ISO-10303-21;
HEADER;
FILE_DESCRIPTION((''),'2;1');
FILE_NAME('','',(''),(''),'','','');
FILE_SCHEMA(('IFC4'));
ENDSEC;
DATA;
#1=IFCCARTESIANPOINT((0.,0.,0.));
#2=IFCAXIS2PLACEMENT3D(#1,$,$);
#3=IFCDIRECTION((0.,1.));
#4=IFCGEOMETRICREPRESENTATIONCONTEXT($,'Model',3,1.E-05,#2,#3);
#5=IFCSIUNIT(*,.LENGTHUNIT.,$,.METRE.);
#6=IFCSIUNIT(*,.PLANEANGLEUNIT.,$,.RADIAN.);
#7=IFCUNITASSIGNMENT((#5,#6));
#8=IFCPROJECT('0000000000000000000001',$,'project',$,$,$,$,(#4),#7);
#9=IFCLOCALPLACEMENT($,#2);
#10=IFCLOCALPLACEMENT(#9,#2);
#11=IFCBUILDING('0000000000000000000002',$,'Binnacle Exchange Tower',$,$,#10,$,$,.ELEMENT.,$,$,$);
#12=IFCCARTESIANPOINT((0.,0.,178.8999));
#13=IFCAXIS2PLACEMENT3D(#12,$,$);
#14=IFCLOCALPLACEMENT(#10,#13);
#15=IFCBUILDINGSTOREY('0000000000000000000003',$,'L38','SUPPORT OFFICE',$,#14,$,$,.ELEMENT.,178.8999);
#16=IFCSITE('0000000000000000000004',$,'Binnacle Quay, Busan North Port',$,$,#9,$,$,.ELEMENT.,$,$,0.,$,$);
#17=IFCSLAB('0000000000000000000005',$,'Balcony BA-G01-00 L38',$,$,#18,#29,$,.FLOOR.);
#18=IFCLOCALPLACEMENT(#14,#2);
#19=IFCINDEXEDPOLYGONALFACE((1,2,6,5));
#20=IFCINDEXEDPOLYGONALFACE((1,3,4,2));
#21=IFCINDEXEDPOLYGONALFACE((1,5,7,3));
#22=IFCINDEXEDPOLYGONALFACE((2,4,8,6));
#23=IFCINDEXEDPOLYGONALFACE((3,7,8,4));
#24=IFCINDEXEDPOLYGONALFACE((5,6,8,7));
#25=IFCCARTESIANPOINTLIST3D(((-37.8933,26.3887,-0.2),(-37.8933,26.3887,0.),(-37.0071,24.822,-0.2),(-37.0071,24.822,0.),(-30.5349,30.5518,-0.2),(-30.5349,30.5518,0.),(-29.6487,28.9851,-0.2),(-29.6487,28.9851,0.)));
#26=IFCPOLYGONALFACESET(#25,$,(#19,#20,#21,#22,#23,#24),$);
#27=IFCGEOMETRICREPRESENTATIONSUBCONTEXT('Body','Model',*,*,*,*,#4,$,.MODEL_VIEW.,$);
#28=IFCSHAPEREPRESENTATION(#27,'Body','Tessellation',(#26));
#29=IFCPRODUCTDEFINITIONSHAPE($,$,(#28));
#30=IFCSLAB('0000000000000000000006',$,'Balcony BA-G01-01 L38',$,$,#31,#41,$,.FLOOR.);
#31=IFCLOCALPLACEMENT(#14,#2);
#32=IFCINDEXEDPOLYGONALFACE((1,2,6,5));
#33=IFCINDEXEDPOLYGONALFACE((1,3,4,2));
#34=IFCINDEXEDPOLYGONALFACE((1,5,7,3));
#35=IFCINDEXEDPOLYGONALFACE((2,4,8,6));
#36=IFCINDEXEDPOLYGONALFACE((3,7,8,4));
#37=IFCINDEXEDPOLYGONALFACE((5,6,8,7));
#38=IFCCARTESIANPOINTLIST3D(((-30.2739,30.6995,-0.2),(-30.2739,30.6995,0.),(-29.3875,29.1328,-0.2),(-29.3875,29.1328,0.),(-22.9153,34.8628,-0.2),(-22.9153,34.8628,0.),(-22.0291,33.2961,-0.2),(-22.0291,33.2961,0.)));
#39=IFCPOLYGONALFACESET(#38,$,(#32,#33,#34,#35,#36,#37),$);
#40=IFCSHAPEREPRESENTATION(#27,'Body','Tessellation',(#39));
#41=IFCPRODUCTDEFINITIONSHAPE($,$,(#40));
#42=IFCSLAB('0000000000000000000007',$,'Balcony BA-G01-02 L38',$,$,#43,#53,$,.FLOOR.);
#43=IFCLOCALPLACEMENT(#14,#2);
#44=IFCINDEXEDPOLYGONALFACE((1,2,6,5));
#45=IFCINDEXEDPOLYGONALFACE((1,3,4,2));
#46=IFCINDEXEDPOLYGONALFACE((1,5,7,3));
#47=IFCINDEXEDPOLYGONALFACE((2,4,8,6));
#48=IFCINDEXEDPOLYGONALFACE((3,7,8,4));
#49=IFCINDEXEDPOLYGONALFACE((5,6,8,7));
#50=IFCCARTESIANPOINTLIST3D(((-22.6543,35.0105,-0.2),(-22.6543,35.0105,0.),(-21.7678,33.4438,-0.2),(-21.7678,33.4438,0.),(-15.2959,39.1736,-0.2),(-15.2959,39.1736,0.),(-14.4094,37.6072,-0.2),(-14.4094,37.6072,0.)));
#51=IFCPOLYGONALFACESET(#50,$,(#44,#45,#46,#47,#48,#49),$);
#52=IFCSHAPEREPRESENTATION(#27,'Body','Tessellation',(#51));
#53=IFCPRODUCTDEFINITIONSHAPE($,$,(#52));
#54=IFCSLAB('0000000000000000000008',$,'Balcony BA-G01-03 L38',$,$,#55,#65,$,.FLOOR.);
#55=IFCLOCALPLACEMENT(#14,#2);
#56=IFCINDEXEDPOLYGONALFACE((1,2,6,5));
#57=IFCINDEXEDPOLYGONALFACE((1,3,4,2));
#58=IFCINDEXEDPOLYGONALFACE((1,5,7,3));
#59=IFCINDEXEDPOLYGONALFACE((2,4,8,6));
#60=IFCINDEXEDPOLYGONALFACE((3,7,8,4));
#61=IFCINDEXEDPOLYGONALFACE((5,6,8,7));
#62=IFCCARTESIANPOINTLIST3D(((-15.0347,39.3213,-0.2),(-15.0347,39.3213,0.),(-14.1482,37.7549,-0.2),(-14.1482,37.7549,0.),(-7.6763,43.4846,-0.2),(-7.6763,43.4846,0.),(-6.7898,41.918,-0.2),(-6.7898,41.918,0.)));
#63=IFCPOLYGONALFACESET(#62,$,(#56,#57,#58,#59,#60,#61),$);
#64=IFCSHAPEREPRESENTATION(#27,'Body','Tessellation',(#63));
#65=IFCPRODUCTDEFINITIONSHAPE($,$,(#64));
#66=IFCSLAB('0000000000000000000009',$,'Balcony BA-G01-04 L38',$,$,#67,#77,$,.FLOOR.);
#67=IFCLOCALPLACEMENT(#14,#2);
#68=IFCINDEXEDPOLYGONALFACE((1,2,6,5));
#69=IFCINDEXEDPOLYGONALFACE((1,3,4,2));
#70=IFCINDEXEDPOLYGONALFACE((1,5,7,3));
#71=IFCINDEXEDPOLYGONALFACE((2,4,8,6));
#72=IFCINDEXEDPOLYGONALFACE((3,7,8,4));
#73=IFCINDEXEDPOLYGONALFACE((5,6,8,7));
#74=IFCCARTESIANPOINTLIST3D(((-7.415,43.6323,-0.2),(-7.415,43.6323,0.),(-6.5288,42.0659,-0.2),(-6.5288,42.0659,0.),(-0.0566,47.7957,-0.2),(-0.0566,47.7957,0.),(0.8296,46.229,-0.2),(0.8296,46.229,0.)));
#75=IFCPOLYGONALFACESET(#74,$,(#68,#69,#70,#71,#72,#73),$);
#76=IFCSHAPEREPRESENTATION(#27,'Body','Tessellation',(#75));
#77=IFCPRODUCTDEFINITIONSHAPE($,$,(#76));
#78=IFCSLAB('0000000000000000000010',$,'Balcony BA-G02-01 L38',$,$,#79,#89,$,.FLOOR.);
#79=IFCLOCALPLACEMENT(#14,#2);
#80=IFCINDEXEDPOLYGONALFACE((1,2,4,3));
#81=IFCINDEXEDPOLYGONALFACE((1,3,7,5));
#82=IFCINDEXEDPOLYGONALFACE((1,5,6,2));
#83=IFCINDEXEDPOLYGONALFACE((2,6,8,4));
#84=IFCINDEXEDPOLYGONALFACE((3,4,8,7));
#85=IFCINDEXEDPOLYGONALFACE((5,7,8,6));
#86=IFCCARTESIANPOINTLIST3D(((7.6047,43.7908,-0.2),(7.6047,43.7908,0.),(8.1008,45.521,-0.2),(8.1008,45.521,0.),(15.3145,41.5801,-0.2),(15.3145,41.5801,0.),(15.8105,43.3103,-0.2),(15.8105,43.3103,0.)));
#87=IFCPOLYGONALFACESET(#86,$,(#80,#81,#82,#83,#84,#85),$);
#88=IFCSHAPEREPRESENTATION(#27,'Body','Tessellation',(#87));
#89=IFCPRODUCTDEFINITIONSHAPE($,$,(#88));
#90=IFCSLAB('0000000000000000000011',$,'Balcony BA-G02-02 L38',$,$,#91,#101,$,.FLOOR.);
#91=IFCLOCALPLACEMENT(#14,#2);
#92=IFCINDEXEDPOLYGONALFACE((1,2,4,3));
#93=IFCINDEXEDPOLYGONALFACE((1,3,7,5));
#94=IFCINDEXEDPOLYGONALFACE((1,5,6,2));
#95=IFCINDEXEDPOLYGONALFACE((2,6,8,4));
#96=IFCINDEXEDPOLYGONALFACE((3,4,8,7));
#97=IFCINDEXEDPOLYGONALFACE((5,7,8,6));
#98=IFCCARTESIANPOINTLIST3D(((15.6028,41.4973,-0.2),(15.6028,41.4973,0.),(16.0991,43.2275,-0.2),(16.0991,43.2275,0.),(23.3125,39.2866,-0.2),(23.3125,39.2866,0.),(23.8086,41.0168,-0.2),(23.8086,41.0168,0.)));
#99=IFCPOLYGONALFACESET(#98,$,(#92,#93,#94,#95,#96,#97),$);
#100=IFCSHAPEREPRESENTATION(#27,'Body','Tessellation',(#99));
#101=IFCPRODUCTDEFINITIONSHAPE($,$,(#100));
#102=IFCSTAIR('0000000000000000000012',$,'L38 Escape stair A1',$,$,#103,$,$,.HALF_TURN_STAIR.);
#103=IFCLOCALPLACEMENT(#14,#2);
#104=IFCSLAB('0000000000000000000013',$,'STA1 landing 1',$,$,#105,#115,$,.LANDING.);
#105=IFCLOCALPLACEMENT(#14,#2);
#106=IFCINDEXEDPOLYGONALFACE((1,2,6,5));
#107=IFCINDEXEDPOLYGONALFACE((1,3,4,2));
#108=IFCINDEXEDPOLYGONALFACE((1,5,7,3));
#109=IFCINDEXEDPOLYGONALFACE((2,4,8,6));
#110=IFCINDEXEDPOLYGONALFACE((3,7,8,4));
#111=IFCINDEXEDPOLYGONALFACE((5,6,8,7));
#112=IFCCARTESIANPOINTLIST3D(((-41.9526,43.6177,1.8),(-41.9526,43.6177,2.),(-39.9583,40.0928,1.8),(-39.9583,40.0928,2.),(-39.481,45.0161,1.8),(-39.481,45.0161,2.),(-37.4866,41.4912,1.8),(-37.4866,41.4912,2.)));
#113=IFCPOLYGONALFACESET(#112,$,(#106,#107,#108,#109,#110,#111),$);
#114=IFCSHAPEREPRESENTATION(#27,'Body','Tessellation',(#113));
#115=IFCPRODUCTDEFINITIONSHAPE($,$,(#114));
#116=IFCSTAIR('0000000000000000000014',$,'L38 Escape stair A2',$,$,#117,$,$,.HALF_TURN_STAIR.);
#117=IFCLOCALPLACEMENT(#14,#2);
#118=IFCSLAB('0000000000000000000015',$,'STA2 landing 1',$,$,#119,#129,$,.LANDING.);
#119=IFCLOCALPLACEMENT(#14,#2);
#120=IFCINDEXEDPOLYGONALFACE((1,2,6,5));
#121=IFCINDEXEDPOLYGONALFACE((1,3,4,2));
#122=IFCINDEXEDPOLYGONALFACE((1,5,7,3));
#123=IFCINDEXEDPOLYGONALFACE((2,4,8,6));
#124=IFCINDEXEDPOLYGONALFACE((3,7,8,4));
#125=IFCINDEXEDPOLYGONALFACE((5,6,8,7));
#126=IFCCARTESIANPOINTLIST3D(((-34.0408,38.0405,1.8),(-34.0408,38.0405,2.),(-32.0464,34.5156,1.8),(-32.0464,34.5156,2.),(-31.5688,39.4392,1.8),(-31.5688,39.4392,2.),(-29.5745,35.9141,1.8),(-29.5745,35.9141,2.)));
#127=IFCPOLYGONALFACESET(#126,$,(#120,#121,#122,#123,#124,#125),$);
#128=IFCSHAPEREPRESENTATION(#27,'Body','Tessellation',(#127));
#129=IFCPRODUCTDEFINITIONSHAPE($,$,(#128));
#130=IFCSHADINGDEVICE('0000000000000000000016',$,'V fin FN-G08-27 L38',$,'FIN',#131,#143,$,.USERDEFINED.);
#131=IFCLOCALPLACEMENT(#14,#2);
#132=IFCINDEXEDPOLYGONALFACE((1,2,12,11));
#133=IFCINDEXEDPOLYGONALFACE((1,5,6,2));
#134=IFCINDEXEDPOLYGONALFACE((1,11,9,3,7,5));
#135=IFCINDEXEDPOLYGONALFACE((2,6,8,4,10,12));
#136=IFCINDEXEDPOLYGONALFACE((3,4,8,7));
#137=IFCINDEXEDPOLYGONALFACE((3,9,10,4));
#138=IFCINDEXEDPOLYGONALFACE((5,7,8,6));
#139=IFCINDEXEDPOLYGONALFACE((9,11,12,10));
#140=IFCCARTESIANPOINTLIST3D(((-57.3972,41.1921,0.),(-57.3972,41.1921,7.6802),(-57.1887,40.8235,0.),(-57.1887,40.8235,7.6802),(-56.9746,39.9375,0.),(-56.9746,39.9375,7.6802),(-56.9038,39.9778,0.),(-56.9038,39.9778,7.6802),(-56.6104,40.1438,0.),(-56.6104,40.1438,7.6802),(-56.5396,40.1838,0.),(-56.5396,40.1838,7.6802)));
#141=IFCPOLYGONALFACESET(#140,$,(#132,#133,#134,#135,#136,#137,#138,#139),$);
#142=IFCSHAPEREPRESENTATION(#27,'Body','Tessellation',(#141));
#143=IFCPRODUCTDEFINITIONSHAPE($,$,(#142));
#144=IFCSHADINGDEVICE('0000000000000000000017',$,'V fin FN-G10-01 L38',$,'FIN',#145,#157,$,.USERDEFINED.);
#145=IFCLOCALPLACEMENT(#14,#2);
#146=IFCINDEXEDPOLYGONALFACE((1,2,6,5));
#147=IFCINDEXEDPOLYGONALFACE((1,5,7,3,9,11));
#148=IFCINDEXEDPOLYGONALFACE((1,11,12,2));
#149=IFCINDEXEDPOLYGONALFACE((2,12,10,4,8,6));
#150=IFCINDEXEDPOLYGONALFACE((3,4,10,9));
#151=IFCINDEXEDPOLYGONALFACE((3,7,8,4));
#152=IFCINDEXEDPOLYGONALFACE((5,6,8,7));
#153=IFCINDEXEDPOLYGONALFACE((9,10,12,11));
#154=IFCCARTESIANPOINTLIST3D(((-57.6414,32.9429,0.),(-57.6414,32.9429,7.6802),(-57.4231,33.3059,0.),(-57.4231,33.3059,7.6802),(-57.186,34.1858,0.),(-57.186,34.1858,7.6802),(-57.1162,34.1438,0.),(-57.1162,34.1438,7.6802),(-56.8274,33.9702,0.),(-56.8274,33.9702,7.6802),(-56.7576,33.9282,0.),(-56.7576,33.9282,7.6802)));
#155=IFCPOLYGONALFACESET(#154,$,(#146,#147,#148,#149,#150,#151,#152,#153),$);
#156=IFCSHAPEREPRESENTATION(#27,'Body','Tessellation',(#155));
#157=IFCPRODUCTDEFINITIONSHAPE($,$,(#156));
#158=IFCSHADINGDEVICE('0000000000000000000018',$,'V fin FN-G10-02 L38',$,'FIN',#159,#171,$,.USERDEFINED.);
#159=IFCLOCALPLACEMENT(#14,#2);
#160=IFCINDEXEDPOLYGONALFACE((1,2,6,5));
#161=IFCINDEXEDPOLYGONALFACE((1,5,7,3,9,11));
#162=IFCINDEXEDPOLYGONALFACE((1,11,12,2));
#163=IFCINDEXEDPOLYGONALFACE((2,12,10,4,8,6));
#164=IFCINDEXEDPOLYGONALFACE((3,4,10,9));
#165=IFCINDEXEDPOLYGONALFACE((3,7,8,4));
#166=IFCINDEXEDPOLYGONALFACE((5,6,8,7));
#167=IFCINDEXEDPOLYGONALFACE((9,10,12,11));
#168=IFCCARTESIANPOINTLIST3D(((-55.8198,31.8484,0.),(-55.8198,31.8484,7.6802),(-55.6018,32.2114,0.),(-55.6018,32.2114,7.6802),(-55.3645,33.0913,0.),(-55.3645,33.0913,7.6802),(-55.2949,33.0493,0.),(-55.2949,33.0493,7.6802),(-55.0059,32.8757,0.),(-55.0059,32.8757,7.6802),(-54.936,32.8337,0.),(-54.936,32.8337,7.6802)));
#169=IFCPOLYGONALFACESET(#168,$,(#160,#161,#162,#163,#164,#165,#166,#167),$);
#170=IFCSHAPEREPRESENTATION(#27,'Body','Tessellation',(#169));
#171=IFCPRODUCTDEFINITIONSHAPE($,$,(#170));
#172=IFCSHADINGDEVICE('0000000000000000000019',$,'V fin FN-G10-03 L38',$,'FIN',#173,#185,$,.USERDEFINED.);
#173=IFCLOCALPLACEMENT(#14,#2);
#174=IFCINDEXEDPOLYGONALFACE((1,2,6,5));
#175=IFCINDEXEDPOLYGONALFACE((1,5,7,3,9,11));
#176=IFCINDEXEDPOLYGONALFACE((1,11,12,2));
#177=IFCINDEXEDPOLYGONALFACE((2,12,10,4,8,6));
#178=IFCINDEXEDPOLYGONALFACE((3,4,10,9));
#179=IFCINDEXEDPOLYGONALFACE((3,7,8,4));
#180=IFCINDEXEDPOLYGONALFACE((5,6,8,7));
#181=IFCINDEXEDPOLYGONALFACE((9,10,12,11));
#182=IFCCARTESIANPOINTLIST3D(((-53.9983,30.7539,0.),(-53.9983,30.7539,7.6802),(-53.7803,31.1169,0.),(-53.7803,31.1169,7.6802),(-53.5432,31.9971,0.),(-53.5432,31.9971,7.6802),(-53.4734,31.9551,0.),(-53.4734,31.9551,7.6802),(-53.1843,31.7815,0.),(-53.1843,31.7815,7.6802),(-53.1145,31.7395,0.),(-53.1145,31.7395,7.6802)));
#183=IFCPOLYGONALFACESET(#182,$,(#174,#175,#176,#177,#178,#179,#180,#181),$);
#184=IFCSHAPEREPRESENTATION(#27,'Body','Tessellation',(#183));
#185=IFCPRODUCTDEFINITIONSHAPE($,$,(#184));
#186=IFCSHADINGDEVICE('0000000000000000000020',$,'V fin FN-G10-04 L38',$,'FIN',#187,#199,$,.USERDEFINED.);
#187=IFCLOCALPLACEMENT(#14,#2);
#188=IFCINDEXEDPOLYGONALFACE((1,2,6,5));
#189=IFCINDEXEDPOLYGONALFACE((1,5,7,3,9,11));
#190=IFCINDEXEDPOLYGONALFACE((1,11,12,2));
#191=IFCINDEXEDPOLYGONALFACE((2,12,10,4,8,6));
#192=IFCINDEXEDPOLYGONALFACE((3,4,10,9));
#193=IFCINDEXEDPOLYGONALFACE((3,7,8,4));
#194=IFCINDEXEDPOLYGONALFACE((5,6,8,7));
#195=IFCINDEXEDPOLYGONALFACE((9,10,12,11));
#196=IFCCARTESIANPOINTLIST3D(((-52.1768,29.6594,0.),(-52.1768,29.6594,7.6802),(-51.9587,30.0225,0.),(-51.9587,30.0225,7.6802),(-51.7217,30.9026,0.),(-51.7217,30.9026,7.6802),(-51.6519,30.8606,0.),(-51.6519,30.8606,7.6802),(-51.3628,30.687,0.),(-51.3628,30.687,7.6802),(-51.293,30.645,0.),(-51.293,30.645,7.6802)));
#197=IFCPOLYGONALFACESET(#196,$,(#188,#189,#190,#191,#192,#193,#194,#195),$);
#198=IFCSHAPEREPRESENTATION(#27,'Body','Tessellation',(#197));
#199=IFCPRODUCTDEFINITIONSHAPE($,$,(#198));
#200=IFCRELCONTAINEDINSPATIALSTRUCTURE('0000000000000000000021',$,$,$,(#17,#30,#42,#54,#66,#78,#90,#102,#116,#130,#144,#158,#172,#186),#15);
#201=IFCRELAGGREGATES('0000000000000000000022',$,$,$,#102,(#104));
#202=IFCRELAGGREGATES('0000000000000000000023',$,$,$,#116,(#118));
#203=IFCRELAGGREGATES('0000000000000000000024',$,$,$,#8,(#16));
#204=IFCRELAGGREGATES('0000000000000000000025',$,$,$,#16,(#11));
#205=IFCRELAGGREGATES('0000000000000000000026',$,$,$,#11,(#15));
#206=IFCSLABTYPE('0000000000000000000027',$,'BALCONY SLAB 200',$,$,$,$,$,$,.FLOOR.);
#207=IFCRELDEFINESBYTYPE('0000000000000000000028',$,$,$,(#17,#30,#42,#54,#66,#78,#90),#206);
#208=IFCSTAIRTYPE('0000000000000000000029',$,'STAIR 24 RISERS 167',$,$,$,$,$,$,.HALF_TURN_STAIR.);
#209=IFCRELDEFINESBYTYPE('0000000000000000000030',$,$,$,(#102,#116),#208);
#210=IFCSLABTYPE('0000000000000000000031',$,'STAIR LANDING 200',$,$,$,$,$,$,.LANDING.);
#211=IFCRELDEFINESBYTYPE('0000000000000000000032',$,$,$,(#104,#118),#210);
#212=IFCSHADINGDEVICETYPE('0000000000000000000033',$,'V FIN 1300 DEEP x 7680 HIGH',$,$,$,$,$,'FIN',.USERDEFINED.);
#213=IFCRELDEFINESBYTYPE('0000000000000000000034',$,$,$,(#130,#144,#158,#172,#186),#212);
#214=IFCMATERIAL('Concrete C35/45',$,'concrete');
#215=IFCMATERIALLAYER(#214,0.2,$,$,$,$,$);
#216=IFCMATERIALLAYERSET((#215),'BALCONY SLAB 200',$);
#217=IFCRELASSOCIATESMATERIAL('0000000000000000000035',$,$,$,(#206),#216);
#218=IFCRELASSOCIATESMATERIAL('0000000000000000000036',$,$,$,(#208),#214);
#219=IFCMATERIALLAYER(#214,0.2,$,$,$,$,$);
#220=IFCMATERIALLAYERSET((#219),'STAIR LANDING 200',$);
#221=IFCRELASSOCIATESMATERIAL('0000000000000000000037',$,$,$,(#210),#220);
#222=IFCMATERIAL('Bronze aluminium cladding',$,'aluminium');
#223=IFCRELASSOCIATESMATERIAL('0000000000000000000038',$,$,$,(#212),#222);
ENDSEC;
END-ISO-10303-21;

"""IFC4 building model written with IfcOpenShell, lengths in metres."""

from ifc_helpers import new_model, si_unit, direction, frame, origin, place, context, subcontext, project, spatial, polyline, outline, extrude, material, layer, layer_set, type_object, element, aggregate, save


model = new_model("IFC4")

# Units and contexts
model_context = context("Model", 3, precision=1e-05, world=origin(), true_north=direction((0.0, 1.0)))
body_context = subcontext(model_context, "Body", "Model", "MODEL_VIEW")
ifc_project = project(units=[si_unit("LENGTHUNIT", "METRE"), si_unit("PLANEANGLEUNIT", "RADIAN")], contexts=[model_context])

# Site, building, storey
site_placement = place(None, origin())
site = spatial("IfcSite", under=ifc_project, at=site_placement, Name="Binnacle Quay, Busan North Port", CompositionType="ELEMENT", RefElevation=0.0)
building_placement = place(site_placement, origin())
building = spatial("IfcBuilding", under=site, at=building_placement, Name="Binnacle Exchange Tower", CompositionType="ELEMENT")
storey_placement = place(building_placement, frame((0.0, 0.0, 178.8999)))
storey = spatial("IfcBuildingStorey", under=building, at=storey_placement, Name="L38", Description="SUPPORT OFFICE", CompositionType="ELEMENT", Elevation=178.8999)

# Slabs
ifc_material_1 = material(Name="Concrete C35/45", Category="concrete")
ifc_layer_1 = layer(ifc_material_1, 0.2)
ifc_layer_set_1 = layer_set([ifc_layer_1], Name="BALCONY SLAB 200")
slab_type_1 = type_object("IfcSlabType", Name="BALCONY SLAB 200", PredefinedType="FLOOR", material=ifc_layer_set_1)
slab_1_placement = place(storey_placement, frame((0.0, 0.0, -0.2)))
element("IfcSlab", 1, at=slab_1_placement, inside=storey, type_object=slab_type_1, Name="Balcony BA-G01-00 L38", PredefinedType="FLOOR", context=body_context, shape_type="SweptSolid", body=[
    extrude(outline(polyline([(-37.8933, 26.3887), (-30.5349, 30.5518), (-29.6487, 28.9851), (-37.0071, 24.822), (-37.8933, 26.3887)])), origin(), (0.0, 0.0, 1.0), 0.2),
])
slab_2_placement = place(storey_placement, frame((0.0, 0.0, -0.2)))
element("IfcSlab", 2, at=slab_2_placement, inside=storey, type_object=slab_type_1, Name="Balcony BA-G01-01 L38", PredefinedType="FLOOR", context=body_context, shape_type="SweptSolid", body=[
    extrude(outline(polyline([(-30.2739, 30.6995), (-22.9153, 34.8628), (-22.0291, 33.2961), (-29.3875, 29.1328), (-30.2739, 30.6995)])), origin(), (0.0, 0.0, 1.0), 0.2),
])
slab_3_placement = place(storey_placement, frame((0.0, 0.0, -0.2)))
element("IfcSlab", 3, at=slab_3_placement, inside=storey, type_object=slab_type_1, Name="Balcony BA-G01-02 L38", PredefinedType="FLOOR", context=body_context, shape_type="SweptSolid", body=[
    extrude(outline(polyline([(-22.6543, 35.0105), (-15.2959, 39.1736), (-14.4094, 37.6072), (-21.7678, 33.4438), (-22.6543, 35.0105)])), origin(), (0.0, 0.0, 1.0), 0.2),
])
slab_4_placement = place(storey_placement, frame((0.0, 0.0, -0.2)))
element("IfcSlab", 4, at=slab_4_placement, inside=storey, type_object=slab_type_1, Name="Balcony BA-G01-03 L38", PredefinedType="FLOOR", context=body_context, shape_type="SweptSolid", body=[
    extrude(outline(polyline([(-15.0347, 39.3213), (-7.6763, 43.4846), (-6.7898, 41.918), (-14.1482, 37.7549), (-15.0347, 39.3213)])), origin(), (0.0, 0.0, 1.0), 0.2),
])
slab_5_placement = place(storey_placement, frame((0.0, 0.0, -0.2)))
element("IfcSlab", 5, at=slab_5_placement, inside=storey, type_object=slab_type_1, Name="Balcony BA-G01-04 L38", PredefinedType="FLOOR", context=body_context, shape_type="SweptSolid", body=[
    extrude(outline(polyline([(-7.415, 43.6323), (-0.0566, 47.7957), (0.8296, 46.229), (-6.5288, 42.0659), (-7.415, 43.6323)])), origin(), (0.0, 0.0, 1.0), 0.2),
])
slab_6_placement = place(storey_placement, frame((0.0, 0.0, -0.2)))
element("IfcSlab", 6, at=slab_6_placement, inside=storey, type_object=slab_type_1, Name="Balcony BA-G02-01 L38", PredefinedType="FLOOR", context=body_context, shape_type="SweptSolid", body=[
    extrude(outline(polyline([(8.1008, 45.521), (15.8105, 43.3103), (15.3145, 41.5801), (7.6047, 43.7908), (8.1008, 45.521)])), origin(), (0.0, 0.0, 1.0), 0.2),
])
slab_7_placement = place(storey_placement, frame((0.0, 0.0, -0.2)))
element("IfcSlab", 7, at=slab_7_placement, inside=storey, type_object=slab_type_1, Name="Balcony BA-G02-02 L38", PredefinedType="FLOOR", context=body_context, shape_type="SweptSolid", body=[
    extrude(outline(polyline([(16.0991, 43.2275), (23.8086, 41.0168), (23.3125, 39.2866), (15.6028, 41.4973), (16.0991, 43.2275)])), origin(), (0.0, 0.0, 1.0), 0.2),
])

# Stairs, slabs
stair_type = type_object("IfcStairType", Name="STAIR 24 RISERS 167", PredefinedType="HALF_TURN_STAIR", material=ifc_material_1)
stair_1_placement = place(storey_placement, origin())
stair_1 = element("IfcStair", 8, at=stair_1_placement, inside=storey, type_object=stair_type, Name="L38 Escape stair A1", PredefinedType="HALF_TURN_STAIR")
ifc_layer_2 = layer(ifc_material_1, 0.2)
ifc_layer_set_2 = layer_set([ifc_layer_2], Name="STAIR LANDING 200")
slab_type_2 = type_object("IfcSlabType", Name="STAIR LANDING 200", PredefinedType="LANDING", material=ifc_layer_set_2)
slab_8_placement = place(storey_placement, frame((0.0, 0.0, 1.8)))
slab_8 = element("IfcSlab", 9, at=slab_8_placement, type_object=slab_type_2, Name="STA1 landing 1", PredefinedType="LANDING", context=body_context, shape_type="SweptSolid", body=[
    extrude(outline(polyline([(-39.9583, 40.0928), (-37.4866, 41.4912), (-39.481, 45.0161), (-41.9526, 43.6177), (-39.9583, 40.0928)])), origin(), (0.0, 0.0, 1.0), 0.2),
])
aggregate(stair_1, [slab_8])
stair_2_placement = place(storey_placement, origin())
stair_2 = element("IfcStair", 10, at=stair_2_placement, inside=storey, type_object=stair_type, Name="L38 Escape stair A2", PredefinedType="HALF_TURN_STAIR")
slab_9_placement = place(storey_placement, frame((0.0, 0.0, 1.8)))
slab_9 = element("IfcSlab", 11, at=slab_9_placement, type_object=slab_type_2, Name="STA2 landing 1", PredefinedType="LANDING", context=body_context, shape_type="SweptSolid", body=[
    extrude(outline(polyline([(-31.5688, 39.4392), (-34.0408, 38.0405), (-32.0464, 34.5156), (-29.5745, 35.9141), (-31.5688, 39.4392)])), origin(), (0.0, 0.0, 1.0), 0.2),
])
aggregate(stair_2, [slab_9])

# Shading devices
ifc_material_2 = material(Name="Bronze aluminium cladding", Category="aluminium")
shading_device_type = type_object("IfcShadingDeviceType", Name="V FIN 1300 DEEP x 7680 HIGH", ElementType="FIN", PredefinedType="USERDEFINED", material=ifc_material_2)
shading_device_1_placement = place(storey_placement, origin())
element("IfcShadingDevice", 12, at=shading_device_1_placement, inside=storey, type_object=shading_device_type, Name="V fin FN-G08-27 L38", ObjectType="FIN", PredefinedType="USERDEFINED", context=body_context, shape_type="SweptSolid", body=[
    extrude(outline(polyline([(-56.5396, 40.1838), (-57.3972, 41.1921), (-56.9746, 39.9375), (-56.9038, 39.9778), (-57.1887, 40.8235), (-56.6104, 40.1438), (-56.5396, 40.1838)])), origin(), (0.0, 0.0, 1.0), 7.6802),
])
shading_device_2_placement = place(storey_placement, origin())
element("IfcShadingDevice", 13, at=shading_device_2_placement, inside=storey, type_object=shading_device_type, Name="V fin FN-G10-01 L38", ObjectType="FIN", PredefinedType="USERDEFINED", context=body_context, shape_type="SweptSolid", body=[
    extrude(outline(polyline([(-57.186, 34.1858), (-57.6414, 32.9429), (-56.7576, 33.9282), (-56.8274, 33.9702), (-57.4231, 33.3059), (-57.1162, 34.1438), (-57.186, 34.1858)])), origin(), (0.0, 0.0, 1.0), 7.6802),
])
shading_device_3_placement = place(storey_placement, origin())
element("IfcShadingDevice", 14, at=shading_device_3_placement, inside=storey, type_object=shading_device_type, Name="V fin FN-G10-02 L38", ObjectType="FIN", PredefinedType="USERDEFINED", context=body_context, shape_type="SweptSolid", body=[
    extrude(outline(polyline([(-55.3645, 33.0913), (-55.8198, 31.8484), (-54.936, 32.8337), (-55.0059, 32.8757), (-55.6018, 32.2114), (-55.2949, 33.0493), (-55.3645, 33.0913)])), origin(), (0.0, 0.0, 1.0), 7.6802),
])
shading_device_4_placement = place(storey_placement, origin())
element("IfcShadingDevice", 15, at=shading_device_4_placement, inside=storey, type_object=shading_device_type, Name="V fin FN-G10-03 L38", ObjectType="FIN", PredefinedType="USERDEFINED", context=body_context, shape_type="SweptSolid", body=[
    extrude(outline(polyline([(-53.5432, 31.9971), (-53.9983, 30.7539), (-53.1145, 31.7395), (-53.1843, 31.7815), (-53.7803, 31.1169), (-53.4734, 31.9551), (-53.5432, 31.9971)])), origin(), (0.0, 0.0, 1.0), 7.6802),
])
shading_device_5_placement = place(storey_placement, origin())
element("IfcShadingDevice", 16, at=shading_device_5_placement, inside=storey, type_object=shading_device_type, Name="V fin FN-G10-04 L38", ObjectType="FIN", PredefinedType="USERDEFINED", context=body_context, shape_type="SweptSolid", body=[
    extrude(outline(polyline([(-51.7217, 30.9026), (-52.1768, 29.6594), (-51.293, 30.645), (-51.3628, 30.687), (-51.9587, 30.0225), (-51.6519, 30.8606), (-51.7217, 30.9026)])), origin(), (0.0, 0.0, 1.0), 7.6802),
])

save(model, "model.ifc")
